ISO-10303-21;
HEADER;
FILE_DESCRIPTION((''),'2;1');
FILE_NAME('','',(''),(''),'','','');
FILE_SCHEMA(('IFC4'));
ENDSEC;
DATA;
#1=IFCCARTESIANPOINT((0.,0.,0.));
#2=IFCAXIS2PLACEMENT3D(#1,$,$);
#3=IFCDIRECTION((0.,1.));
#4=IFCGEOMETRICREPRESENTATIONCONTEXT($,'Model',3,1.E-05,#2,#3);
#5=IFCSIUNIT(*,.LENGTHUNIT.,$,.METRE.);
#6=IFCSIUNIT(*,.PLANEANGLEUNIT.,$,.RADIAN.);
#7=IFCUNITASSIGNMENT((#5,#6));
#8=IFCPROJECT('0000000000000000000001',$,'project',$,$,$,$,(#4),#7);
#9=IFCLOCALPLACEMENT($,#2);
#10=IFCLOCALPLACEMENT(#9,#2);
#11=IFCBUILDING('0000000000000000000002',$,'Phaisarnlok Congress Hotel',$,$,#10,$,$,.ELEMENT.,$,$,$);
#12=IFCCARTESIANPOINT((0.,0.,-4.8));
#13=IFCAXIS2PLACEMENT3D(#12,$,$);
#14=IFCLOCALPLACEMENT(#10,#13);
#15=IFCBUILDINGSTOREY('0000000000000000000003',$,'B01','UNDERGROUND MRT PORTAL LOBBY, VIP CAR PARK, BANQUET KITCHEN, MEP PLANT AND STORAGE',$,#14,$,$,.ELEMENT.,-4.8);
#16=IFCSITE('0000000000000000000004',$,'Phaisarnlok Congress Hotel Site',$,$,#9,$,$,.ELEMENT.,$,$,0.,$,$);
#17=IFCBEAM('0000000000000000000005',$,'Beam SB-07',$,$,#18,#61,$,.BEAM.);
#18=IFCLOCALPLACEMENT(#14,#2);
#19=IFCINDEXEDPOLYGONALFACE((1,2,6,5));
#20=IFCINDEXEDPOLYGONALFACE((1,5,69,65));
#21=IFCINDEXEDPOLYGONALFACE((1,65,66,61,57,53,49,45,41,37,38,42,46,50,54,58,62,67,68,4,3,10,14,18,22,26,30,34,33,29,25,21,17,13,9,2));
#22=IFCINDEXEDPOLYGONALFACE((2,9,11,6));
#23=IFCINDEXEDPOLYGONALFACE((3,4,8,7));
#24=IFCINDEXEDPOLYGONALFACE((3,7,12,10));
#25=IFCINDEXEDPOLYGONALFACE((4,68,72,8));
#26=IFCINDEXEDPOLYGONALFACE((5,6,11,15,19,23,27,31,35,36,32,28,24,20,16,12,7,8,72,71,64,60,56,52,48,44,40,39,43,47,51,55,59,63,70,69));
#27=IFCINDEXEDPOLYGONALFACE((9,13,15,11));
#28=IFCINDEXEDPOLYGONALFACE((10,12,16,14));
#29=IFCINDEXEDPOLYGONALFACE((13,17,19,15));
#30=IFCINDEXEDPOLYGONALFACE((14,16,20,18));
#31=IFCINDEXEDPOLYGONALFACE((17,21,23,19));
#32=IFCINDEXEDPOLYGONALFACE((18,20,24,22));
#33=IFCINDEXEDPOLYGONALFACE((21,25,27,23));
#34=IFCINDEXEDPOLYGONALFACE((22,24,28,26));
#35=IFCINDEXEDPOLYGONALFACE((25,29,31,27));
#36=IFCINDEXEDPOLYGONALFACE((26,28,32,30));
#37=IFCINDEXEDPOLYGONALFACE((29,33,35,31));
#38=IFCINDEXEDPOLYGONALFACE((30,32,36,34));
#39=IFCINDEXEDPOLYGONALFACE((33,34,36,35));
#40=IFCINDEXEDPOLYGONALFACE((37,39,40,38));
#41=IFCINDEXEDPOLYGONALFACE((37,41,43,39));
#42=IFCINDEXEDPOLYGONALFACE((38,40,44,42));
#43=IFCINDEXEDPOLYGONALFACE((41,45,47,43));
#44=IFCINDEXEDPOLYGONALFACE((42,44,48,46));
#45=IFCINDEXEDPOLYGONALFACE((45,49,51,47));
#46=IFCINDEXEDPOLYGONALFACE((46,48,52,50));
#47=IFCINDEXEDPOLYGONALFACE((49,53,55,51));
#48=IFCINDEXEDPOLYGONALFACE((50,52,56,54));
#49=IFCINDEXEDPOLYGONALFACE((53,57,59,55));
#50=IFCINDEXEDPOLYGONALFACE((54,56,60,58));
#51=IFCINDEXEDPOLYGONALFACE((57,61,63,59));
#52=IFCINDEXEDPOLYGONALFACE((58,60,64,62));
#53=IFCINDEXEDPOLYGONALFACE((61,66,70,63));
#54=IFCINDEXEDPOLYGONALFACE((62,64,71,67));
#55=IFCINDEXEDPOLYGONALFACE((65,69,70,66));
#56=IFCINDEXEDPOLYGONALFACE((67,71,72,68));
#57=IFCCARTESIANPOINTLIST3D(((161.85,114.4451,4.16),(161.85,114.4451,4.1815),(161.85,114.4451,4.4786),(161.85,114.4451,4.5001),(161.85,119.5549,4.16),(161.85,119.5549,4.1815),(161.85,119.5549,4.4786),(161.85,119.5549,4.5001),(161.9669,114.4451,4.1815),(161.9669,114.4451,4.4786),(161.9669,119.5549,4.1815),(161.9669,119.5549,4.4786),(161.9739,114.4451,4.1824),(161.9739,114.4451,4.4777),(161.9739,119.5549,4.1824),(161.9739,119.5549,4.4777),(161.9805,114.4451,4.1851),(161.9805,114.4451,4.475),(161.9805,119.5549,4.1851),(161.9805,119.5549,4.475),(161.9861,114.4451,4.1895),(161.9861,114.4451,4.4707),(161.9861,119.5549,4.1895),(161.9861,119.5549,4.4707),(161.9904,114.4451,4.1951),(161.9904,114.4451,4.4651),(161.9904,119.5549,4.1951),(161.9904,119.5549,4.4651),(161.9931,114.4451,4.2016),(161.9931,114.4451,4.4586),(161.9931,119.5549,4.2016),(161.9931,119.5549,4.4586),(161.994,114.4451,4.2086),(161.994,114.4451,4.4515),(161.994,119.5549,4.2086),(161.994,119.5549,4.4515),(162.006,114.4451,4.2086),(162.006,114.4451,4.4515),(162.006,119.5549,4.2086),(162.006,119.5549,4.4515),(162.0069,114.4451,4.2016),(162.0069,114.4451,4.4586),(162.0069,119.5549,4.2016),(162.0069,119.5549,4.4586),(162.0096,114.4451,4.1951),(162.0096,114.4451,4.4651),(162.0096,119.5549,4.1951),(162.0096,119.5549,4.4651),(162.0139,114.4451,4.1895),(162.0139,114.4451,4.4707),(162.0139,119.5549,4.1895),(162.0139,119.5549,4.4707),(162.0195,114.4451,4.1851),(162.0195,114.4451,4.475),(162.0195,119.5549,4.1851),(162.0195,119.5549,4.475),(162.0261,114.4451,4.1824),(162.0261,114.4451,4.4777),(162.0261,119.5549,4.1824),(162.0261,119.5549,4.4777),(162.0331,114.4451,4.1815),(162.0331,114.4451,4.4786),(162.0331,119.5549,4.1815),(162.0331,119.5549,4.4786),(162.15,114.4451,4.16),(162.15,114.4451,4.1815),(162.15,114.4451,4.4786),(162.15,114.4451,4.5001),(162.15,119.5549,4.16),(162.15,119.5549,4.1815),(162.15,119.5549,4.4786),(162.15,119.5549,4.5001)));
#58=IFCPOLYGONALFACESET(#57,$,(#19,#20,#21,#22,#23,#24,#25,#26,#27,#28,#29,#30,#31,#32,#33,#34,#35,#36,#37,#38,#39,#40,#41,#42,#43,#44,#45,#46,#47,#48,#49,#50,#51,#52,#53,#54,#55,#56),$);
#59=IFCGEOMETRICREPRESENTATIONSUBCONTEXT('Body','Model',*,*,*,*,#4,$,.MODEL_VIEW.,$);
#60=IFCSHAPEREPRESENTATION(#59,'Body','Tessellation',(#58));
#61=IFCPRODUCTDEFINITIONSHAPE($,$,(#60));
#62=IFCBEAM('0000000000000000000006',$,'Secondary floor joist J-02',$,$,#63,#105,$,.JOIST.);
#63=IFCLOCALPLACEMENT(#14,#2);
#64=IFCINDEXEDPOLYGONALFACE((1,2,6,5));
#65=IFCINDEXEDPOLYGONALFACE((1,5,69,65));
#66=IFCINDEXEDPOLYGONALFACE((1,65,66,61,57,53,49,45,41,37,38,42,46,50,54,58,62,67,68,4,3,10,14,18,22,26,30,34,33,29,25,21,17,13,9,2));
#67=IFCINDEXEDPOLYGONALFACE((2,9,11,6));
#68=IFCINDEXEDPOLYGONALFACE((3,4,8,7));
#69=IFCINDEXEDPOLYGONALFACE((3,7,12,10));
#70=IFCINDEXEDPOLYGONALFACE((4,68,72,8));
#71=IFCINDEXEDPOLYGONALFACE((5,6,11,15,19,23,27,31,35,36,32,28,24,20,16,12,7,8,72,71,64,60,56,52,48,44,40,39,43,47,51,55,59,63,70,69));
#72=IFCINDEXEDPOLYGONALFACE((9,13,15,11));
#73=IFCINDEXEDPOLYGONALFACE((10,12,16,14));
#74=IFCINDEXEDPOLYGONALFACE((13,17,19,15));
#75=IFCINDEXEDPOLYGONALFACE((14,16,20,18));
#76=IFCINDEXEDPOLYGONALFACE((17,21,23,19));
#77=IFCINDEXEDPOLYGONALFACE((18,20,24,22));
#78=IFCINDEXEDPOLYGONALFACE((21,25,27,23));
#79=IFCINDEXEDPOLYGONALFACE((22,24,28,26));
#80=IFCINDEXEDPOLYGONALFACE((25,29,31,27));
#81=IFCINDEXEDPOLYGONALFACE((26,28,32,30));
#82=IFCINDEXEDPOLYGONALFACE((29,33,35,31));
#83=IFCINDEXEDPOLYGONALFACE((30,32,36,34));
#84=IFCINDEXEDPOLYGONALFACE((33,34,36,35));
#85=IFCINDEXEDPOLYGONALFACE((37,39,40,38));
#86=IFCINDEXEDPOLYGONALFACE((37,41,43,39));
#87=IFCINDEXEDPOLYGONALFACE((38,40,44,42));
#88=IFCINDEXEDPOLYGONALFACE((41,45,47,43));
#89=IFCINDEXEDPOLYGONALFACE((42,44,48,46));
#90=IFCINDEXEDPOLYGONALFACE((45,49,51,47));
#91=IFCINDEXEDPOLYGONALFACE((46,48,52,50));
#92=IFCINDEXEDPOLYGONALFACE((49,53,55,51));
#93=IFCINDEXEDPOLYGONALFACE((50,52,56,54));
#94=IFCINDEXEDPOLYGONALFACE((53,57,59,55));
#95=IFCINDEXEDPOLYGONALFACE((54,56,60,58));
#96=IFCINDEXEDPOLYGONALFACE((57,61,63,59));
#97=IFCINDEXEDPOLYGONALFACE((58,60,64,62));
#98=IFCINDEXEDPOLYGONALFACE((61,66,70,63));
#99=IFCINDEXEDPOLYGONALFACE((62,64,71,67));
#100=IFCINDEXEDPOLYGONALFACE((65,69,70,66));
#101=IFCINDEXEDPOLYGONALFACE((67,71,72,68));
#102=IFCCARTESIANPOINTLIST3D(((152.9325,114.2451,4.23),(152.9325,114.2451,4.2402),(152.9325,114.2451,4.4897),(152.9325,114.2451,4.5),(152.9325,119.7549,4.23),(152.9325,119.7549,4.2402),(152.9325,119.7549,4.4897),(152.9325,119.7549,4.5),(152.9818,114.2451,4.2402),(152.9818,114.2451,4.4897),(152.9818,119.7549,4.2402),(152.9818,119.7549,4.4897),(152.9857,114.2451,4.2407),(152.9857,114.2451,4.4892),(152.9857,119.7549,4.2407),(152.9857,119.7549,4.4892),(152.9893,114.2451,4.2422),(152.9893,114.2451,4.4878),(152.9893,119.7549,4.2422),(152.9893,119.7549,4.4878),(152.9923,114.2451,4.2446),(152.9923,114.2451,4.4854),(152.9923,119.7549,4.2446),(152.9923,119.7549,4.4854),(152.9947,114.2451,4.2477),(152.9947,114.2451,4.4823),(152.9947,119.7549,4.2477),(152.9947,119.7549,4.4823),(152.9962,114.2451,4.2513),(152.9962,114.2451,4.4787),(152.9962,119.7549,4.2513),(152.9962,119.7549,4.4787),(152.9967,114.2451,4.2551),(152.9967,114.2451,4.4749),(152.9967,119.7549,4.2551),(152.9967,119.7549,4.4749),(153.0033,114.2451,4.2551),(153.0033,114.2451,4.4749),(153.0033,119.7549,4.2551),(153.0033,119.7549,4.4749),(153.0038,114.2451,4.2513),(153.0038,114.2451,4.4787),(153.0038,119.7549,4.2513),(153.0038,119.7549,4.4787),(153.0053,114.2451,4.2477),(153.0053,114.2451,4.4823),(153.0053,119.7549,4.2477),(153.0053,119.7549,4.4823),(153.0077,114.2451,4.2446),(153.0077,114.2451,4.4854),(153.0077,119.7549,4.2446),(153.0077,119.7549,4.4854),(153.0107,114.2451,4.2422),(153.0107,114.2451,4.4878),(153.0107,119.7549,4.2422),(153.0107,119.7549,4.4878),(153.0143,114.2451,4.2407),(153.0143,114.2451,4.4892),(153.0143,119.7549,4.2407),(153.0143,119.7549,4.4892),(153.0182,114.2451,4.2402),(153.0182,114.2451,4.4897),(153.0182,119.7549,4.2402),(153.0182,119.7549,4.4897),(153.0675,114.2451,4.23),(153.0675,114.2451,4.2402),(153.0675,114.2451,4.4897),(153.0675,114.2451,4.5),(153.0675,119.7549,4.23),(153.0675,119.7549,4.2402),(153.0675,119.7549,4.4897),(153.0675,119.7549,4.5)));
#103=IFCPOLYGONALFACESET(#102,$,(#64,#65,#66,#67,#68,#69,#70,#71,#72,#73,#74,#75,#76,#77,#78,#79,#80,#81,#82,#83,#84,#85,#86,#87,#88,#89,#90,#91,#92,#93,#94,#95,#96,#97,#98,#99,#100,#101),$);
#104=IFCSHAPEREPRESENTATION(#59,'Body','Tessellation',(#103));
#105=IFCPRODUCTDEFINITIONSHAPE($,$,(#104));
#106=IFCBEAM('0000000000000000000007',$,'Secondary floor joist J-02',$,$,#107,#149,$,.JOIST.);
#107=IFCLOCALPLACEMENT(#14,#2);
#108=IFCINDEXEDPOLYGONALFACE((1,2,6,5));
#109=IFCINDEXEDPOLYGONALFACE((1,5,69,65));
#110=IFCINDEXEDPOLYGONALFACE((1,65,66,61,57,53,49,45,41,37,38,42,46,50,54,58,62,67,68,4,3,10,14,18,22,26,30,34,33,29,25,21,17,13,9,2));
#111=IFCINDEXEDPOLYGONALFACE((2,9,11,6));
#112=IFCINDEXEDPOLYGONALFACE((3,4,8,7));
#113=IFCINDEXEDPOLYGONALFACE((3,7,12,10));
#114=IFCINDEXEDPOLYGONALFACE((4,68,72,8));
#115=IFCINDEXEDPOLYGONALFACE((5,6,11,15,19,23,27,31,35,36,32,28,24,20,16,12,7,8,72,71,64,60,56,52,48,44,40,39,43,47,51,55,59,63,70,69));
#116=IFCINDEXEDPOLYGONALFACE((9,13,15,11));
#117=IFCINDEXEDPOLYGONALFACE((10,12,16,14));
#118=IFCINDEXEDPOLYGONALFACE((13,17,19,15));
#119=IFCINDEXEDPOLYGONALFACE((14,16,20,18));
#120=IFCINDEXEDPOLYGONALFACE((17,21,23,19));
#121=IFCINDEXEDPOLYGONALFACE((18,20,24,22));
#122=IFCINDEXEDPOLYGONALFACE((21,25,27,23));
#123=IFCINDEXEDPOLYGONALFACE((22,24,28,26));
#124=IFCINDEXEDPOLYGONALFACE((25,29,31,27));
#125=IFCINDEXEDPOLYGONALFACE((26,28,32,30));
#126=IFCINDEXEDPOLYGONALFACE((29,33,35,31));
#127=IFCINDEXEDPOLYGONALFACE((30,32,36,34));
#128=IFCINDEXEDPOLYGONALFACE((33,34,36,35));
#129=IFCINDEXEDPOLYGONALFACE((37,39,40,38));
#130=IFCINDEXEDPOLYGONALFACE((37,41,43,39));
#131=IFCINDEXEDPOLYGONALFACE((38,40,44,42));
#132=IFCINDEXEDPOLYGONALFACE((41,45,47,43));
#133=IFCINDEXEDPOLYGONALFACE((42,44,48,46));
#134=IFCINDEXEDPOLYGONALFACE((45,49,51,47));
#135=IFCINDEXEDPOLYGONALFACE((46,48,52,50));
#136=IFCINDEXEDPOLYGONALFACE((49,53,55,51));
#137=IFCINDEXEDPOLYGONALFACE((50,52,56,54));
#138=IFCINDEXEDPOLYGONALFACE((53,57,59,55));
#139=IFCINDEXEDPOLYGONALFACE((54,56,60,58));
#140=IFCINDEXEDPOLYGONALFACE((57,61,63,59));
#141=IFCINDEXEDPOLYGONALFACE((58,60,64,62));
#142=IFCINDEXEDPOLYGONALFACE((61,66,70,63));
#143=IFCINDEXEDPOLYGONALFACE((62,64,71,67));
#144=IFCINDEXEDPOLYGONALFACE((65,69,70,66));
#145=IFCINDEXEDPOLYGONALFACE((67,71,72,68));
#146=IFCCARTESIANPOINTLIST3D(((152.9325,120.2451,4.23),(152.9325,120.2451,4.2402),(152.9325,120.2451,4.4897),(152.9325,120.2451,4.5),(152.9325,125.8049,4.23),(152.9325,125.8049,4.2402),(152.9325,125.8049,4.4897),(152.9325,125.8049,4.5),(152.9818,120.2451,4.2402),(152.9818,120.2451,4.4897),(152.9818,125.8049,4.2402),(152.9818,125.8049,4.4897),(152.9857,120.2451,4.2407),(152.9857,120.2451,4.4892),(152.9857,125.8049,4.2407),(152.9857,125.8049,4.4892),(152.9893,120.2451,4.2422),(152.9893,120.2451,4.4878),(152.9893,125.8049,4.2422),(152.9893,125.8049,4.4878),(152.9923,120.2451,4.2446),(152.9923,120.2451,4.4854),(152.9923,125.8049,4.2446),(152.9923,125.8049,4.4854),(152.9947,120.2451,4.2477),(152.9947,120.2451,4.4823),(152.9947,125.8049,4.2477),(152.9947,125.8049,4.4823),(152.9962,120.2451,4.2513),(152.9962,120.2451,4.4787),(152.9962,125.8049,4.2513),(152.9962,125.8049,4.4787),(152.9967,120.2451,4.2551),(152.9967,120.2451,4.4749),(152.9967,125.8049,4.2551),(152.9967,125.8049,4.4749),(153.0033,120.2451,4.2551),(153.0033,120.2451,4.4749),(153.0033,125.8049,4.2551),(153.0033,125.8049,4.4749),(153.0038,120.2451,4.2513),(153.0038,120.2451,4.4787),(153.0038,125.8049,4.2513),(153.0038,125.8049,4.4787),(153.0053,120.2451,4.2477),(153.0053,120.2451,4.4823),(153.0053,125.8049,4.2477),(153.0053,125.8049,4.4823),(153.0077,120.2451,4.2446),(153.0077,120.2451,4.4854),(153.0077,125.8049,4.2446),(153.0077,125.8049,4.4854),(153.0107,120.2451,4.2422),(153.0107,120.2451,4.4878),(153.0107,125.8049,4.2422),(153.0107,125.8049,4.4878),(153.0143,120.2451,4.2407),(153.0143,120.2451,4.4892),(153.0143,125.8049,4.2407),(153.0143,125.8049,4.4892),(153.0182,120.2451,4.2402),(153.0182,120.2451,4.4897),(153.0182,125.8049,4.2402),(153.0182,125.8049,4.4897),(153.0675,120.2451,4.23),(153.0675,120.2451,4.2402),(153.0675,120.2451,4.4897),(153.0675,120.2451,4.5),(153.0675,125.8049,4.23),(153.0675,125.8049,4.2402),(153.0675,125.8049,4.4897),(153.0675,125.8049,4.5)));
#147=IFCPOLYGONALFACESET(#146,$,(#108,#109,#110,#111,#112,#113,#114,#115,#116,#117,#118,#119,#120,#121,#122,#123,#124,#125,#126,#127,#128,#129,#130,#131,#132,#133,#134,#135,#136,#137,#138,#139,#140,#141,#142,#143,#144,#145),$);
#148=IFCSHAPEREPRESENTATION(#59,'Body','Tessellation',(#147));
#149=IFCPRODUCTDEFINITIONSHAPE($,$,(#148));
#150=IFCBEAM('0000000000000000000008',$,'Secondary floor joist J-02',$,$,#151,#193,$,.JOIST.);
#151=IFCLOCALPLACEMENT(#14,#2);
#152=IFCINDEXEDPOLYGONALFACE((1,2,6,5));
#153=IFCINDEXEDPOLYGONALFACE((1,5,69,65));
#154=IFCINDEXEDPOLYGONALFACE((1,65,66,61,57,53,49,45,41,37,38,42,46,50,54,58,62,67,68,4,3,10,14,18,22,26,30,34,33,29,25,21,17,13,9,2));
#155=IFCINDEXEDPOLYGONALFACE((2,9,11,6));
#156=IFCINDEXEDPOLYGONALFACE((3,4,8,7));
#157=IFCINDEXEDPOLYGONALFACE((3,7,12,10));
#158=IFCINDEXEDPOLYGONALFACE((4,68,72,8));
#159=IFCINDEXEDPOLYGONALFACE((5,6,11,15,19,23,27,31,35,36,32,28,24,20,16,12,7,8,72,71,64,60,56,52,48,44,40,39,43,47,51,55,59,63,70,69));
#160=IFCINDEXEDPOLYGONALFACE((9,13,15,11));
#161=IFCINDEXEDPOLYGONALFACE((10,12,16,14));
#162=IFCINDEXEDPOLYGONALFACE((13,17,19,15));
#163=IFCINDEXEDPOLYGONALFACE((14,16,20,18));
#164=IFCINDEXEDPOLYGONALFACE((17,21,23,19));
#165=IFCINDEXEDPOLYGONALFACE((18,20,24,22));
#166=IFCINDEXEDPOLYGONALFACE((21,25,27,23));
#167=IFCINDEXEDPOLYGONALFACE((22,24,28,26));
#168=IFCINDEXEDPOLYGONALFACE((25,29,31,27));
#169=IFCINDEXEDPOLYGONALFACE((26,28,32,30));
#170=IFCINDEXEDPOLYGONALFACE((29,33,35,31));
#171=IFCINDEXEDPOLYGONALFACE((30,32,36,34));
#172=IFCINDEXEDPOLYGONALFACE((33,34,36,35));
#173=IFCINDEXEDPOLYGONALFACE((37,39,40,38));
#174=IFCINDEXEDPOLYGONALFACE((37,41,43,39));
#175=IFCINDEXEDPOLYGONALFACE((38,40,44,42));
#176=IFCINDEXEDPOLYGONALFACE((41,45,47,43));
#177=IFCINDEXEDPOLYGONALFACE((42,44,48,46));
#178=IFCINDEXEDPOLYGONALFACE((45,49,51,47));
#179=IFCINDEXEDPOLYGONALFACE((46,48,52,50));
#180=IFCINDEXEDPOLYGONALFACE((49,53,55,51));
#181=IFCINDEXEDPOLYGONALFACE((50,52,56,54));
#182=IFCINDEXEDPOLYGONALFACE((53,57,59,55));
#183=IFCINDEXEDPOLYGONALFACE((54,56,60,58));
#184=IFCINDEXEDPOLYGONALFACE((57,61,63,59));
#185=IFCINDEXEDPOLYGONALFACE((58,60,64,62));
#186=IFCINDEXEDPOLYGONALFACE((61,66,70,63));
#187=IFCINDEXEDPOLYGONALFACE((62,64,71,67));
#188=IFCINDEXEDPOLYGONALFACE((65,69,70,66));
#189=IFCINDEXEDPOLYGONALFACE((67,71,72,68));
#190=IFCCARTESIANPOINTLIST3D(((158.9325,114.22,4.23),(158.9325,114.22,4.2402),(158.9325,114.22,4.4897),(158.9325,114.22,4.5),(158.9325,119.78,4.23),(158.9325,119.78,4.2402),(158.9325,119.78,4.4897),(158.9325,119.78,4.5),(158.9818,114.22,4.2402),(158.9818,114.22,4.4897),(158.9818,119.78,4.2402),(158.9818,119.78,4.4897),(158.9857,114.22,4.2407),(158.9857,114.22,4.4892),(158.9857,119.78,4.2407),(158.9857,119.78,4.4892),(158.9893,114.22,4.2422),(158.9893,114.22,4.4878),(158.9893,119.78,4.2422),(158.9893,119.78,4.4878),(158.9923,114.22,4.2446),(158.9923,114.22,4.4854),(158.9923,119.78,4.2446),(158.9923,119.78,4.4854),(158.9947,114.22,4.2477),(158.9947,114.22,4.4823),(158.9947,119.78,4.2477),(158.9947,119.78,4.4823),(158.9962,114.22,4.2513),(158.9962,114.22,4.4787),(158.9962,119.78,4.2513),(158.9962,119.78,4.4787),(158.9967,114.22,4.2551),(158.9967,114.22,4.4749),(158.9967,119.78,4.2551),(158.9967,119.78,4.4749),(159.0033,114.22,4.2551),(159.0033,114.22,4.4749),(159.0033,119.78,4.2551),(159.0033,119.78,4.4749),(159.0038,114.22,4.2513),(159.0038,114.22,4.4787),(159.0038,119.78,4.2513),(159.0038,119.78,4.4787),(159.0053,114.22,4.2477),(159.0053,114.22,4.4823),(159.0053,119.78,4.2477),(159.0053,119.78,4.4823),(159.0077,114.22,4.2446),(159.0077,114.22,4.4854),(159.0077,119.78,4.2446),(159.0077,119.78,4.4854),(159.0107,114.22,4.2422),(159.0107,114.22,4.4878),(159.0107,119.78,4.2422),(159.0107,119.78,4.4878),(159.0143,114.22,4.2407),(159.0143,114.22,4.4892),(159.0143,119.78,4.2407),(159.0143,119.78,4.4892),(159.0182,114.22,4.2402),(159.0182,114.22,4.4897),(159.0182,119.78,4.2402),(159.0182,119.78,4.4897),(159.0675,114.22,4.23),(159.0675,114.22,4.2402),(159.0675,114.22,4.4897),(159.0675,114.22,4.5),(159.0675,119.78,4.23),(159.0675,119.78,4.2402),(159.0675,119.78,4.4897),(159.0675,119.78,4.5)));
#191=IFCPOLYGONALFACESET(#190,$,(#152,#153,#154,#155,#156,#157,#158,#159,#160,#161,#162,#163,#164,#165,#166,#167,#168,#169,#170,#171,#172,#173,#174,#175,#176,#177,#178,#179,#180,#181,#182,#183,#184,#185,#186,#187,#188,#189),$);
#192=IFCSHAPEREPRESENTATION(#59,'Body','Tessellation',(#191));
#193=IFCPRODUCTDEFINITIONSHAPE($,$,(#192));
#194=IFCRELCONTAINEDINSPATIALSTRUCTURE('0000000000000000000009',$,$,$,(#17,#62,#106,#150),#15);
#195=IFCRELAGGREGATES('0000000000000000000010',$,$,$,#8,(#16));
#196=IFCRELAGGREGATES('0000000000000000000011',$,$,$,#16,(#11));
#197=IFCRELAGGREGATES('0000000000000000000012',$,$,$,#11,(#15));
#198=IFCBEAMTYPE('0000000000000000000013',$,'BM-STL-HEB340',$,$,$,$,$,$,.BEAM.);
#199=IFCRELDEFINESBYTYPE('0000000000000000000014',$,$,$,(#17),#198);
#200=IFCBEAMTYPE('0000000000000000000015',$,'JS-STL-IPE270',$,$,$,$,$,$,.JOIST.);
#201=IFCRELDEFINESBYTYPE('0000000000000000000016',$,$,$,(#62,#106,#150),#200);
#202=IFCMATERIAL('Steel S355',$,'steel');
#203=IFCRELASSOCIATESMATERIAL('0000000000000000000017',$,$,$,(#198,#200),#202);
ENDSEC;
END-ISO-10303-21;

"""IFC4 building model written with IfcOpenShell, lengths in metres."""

from ifc_helpers import new_model, si_unit, direction, frame, origin, origin_2d, place, context, subcontext, project, spatial, i_section, extrude, material, material_profile, profile_set, type_object, element, save


model = new_model("IFC4")

# Units and contexts
model_context = context("Model", 3, precision=1e-05, world=origin(), true_north=direction((0.0, 1.0)))
body_context = subcontext(model_context, "Body", "Model", "MODEL_VIEW")
ifc_project = project(units=[si_unit("LENGTHUNIT", "METRE"), si_unit("PLANEANGLEUNIT", "RADIAN")], contexts=[model_context])

# Site, building, storey
site_placement = place(None, origin())
site = spatial("IfcSite", under=ifc_project, at=site_placement, Name="Phaisarnlok Congress Hotel Site", CompositionType="ELEMENT", RefElevation=0.0)
building_placement = place(site_placement, origin())
building = spatial("IfcBuilding", under=site, at=building_placement, Name="Phaisarnlok Congress Hotel", CompositionType="ELEMENT")
storey_placement = place(building_placement, frame((0.0, 0.0, -4.8)))
storey = spatial("IfcBuildingStorey", under=building, at=storey_placement, Name="B01", Description="UNDERGROUND MRT PORTAL LOBBY, VIP CAR PARK, BANQUET KITCHEN, MEP PLANT AND STORAGE", CompositionType="ELEMENT", Elevation=-4.8)

# Beams
ifc_material_1 = material(Name="Steel S355", Category="steel")
ifc_material_profile_1 = material_profile(ifc_material_1, i_section(OverallWidth=0.3, OverallDepth=0.3401, WebThickness=0.012, FlangeThickness=0.0215, FilletRadius=0.0271, at=origin_2d()), Name="HEB 340")
ifc_profile_set_1 = profile_set([ifc_material_profile_1], Name="Steel S355")
beam_type_1 = type_object("IfcBeamType", Name="BM-STL-HEB340", PredefinedType="BEAM", material=ifc_profile_set_1)
for number, where, z_axis, x_axis, name in (
    (1, (162.0, 114.4451, 4.3301), (0.0, 1.0, 0.0), (-1.0, 0.0, 0.0), "Beam SB-07"),
):
    element("IfcBeam", number, at=place(storey_placement, frame(where, z_axis=z_axis, x_axis=x_axis)), inside=storey, type_object=beam_type_1, Name=name, PredefinedType="BEAM", context=body_context, shape_type="SweptSolid", body=[
        extrude(i_section(OverallWidth=0.3, OverallDepth=0.3401, WebThickness=0.012, FlangeThickness=0.0215, FilletRadius=0.0271, at=origin_2d()), origin(), (0.0, 0.0, 1.0), 5.1099),
    ])
ifc_material_profile_2 = material_profile(ifc_material_1, i_section(OverallWidth=0.135, OverallDepth=0.27, WebThickness=0.0066, FlangeThickness=0.0103, FilletRadius=0.0149, at=origin_2d()), Name="IPE 270")
ifc_profile_set_2 = profile_set([ifc_material_profile_2], Name="Steel S355")
beam_type_2 = type_object("IfcBeamType", Name="JS-STL-IPE270", PredefinedType="JOIST", material=ifc_profile_set_2)
beam_1_placement = place(storey_placement, frame((153.0, 114.2451, 4.365), z_axis=(0.0, 1.0, 0.0), x_axis=(-1.0, 0.0, 0.0)))
element("IfcBeam", 2, at=beam_1_placement, inside=storey, type_object=beam_type_2, Name="Secondary floor joist J-02", PredefinedType="JOIST", context=body_context, shape_type="SweptSolid", body=[
    extrude(i_section(OverallWidth=0.135, OverallDepth=0.27, WebThickness=0.0066, FlangeThickness=0.0103, FilletRadius=0.0149, at=origin_2d()), origin(), (0.0, 0.0, 1.0), 5.5098),
])
beam_2_placement = place(storey_placement, frame((153.0, 120.2451, 4.365), z_axis=(0.0, 1.0, 0.0), x_axis=(-1.0, 0.0, 0.0)))
element("IfcBeam", 3, at=beam_2_placement, inside=storey, type_object=beam_type_2, Name="Secondary floor joist J-02", PredefinedType="JOIST", context=body_context, shape_type="SweptSolid", body=[
    extrude(i_section(OverallWidth=0.135, OverallDepth=0.27, WebThickness=0.0066, FlangeThickness=0.0103, FilletRadius=0.0149, at=origin_2d()), origin(), (0.0, 0.0, 1.0), 5.5598),
])
beam_3_placement = place(storey_placement, frame((159.0, 114.22, 4.365), z_axis=(0.0, 1.0, 0.0), x_axis=(-1.0, 0.0, 0.0)))
element("IfcBeam", 4, at=beam_3_placement, inside=storey, type_object=beam_type_2, Name="Secondary floor joist J-02", PredefinedType="JOIST", context=body_context, shape_type="SweptSolid", body=[
    extrude(i_section(OverallWidth=0.135, OverallDepth=0.27, WebThickness=0.0066, FlangeThickness=0.0103, FilletRadius=0.0149, at=origin_2d()), origin(), (0.0, 0.0, 1.0), 5.5601),
])

save(model, "model.ifc")
